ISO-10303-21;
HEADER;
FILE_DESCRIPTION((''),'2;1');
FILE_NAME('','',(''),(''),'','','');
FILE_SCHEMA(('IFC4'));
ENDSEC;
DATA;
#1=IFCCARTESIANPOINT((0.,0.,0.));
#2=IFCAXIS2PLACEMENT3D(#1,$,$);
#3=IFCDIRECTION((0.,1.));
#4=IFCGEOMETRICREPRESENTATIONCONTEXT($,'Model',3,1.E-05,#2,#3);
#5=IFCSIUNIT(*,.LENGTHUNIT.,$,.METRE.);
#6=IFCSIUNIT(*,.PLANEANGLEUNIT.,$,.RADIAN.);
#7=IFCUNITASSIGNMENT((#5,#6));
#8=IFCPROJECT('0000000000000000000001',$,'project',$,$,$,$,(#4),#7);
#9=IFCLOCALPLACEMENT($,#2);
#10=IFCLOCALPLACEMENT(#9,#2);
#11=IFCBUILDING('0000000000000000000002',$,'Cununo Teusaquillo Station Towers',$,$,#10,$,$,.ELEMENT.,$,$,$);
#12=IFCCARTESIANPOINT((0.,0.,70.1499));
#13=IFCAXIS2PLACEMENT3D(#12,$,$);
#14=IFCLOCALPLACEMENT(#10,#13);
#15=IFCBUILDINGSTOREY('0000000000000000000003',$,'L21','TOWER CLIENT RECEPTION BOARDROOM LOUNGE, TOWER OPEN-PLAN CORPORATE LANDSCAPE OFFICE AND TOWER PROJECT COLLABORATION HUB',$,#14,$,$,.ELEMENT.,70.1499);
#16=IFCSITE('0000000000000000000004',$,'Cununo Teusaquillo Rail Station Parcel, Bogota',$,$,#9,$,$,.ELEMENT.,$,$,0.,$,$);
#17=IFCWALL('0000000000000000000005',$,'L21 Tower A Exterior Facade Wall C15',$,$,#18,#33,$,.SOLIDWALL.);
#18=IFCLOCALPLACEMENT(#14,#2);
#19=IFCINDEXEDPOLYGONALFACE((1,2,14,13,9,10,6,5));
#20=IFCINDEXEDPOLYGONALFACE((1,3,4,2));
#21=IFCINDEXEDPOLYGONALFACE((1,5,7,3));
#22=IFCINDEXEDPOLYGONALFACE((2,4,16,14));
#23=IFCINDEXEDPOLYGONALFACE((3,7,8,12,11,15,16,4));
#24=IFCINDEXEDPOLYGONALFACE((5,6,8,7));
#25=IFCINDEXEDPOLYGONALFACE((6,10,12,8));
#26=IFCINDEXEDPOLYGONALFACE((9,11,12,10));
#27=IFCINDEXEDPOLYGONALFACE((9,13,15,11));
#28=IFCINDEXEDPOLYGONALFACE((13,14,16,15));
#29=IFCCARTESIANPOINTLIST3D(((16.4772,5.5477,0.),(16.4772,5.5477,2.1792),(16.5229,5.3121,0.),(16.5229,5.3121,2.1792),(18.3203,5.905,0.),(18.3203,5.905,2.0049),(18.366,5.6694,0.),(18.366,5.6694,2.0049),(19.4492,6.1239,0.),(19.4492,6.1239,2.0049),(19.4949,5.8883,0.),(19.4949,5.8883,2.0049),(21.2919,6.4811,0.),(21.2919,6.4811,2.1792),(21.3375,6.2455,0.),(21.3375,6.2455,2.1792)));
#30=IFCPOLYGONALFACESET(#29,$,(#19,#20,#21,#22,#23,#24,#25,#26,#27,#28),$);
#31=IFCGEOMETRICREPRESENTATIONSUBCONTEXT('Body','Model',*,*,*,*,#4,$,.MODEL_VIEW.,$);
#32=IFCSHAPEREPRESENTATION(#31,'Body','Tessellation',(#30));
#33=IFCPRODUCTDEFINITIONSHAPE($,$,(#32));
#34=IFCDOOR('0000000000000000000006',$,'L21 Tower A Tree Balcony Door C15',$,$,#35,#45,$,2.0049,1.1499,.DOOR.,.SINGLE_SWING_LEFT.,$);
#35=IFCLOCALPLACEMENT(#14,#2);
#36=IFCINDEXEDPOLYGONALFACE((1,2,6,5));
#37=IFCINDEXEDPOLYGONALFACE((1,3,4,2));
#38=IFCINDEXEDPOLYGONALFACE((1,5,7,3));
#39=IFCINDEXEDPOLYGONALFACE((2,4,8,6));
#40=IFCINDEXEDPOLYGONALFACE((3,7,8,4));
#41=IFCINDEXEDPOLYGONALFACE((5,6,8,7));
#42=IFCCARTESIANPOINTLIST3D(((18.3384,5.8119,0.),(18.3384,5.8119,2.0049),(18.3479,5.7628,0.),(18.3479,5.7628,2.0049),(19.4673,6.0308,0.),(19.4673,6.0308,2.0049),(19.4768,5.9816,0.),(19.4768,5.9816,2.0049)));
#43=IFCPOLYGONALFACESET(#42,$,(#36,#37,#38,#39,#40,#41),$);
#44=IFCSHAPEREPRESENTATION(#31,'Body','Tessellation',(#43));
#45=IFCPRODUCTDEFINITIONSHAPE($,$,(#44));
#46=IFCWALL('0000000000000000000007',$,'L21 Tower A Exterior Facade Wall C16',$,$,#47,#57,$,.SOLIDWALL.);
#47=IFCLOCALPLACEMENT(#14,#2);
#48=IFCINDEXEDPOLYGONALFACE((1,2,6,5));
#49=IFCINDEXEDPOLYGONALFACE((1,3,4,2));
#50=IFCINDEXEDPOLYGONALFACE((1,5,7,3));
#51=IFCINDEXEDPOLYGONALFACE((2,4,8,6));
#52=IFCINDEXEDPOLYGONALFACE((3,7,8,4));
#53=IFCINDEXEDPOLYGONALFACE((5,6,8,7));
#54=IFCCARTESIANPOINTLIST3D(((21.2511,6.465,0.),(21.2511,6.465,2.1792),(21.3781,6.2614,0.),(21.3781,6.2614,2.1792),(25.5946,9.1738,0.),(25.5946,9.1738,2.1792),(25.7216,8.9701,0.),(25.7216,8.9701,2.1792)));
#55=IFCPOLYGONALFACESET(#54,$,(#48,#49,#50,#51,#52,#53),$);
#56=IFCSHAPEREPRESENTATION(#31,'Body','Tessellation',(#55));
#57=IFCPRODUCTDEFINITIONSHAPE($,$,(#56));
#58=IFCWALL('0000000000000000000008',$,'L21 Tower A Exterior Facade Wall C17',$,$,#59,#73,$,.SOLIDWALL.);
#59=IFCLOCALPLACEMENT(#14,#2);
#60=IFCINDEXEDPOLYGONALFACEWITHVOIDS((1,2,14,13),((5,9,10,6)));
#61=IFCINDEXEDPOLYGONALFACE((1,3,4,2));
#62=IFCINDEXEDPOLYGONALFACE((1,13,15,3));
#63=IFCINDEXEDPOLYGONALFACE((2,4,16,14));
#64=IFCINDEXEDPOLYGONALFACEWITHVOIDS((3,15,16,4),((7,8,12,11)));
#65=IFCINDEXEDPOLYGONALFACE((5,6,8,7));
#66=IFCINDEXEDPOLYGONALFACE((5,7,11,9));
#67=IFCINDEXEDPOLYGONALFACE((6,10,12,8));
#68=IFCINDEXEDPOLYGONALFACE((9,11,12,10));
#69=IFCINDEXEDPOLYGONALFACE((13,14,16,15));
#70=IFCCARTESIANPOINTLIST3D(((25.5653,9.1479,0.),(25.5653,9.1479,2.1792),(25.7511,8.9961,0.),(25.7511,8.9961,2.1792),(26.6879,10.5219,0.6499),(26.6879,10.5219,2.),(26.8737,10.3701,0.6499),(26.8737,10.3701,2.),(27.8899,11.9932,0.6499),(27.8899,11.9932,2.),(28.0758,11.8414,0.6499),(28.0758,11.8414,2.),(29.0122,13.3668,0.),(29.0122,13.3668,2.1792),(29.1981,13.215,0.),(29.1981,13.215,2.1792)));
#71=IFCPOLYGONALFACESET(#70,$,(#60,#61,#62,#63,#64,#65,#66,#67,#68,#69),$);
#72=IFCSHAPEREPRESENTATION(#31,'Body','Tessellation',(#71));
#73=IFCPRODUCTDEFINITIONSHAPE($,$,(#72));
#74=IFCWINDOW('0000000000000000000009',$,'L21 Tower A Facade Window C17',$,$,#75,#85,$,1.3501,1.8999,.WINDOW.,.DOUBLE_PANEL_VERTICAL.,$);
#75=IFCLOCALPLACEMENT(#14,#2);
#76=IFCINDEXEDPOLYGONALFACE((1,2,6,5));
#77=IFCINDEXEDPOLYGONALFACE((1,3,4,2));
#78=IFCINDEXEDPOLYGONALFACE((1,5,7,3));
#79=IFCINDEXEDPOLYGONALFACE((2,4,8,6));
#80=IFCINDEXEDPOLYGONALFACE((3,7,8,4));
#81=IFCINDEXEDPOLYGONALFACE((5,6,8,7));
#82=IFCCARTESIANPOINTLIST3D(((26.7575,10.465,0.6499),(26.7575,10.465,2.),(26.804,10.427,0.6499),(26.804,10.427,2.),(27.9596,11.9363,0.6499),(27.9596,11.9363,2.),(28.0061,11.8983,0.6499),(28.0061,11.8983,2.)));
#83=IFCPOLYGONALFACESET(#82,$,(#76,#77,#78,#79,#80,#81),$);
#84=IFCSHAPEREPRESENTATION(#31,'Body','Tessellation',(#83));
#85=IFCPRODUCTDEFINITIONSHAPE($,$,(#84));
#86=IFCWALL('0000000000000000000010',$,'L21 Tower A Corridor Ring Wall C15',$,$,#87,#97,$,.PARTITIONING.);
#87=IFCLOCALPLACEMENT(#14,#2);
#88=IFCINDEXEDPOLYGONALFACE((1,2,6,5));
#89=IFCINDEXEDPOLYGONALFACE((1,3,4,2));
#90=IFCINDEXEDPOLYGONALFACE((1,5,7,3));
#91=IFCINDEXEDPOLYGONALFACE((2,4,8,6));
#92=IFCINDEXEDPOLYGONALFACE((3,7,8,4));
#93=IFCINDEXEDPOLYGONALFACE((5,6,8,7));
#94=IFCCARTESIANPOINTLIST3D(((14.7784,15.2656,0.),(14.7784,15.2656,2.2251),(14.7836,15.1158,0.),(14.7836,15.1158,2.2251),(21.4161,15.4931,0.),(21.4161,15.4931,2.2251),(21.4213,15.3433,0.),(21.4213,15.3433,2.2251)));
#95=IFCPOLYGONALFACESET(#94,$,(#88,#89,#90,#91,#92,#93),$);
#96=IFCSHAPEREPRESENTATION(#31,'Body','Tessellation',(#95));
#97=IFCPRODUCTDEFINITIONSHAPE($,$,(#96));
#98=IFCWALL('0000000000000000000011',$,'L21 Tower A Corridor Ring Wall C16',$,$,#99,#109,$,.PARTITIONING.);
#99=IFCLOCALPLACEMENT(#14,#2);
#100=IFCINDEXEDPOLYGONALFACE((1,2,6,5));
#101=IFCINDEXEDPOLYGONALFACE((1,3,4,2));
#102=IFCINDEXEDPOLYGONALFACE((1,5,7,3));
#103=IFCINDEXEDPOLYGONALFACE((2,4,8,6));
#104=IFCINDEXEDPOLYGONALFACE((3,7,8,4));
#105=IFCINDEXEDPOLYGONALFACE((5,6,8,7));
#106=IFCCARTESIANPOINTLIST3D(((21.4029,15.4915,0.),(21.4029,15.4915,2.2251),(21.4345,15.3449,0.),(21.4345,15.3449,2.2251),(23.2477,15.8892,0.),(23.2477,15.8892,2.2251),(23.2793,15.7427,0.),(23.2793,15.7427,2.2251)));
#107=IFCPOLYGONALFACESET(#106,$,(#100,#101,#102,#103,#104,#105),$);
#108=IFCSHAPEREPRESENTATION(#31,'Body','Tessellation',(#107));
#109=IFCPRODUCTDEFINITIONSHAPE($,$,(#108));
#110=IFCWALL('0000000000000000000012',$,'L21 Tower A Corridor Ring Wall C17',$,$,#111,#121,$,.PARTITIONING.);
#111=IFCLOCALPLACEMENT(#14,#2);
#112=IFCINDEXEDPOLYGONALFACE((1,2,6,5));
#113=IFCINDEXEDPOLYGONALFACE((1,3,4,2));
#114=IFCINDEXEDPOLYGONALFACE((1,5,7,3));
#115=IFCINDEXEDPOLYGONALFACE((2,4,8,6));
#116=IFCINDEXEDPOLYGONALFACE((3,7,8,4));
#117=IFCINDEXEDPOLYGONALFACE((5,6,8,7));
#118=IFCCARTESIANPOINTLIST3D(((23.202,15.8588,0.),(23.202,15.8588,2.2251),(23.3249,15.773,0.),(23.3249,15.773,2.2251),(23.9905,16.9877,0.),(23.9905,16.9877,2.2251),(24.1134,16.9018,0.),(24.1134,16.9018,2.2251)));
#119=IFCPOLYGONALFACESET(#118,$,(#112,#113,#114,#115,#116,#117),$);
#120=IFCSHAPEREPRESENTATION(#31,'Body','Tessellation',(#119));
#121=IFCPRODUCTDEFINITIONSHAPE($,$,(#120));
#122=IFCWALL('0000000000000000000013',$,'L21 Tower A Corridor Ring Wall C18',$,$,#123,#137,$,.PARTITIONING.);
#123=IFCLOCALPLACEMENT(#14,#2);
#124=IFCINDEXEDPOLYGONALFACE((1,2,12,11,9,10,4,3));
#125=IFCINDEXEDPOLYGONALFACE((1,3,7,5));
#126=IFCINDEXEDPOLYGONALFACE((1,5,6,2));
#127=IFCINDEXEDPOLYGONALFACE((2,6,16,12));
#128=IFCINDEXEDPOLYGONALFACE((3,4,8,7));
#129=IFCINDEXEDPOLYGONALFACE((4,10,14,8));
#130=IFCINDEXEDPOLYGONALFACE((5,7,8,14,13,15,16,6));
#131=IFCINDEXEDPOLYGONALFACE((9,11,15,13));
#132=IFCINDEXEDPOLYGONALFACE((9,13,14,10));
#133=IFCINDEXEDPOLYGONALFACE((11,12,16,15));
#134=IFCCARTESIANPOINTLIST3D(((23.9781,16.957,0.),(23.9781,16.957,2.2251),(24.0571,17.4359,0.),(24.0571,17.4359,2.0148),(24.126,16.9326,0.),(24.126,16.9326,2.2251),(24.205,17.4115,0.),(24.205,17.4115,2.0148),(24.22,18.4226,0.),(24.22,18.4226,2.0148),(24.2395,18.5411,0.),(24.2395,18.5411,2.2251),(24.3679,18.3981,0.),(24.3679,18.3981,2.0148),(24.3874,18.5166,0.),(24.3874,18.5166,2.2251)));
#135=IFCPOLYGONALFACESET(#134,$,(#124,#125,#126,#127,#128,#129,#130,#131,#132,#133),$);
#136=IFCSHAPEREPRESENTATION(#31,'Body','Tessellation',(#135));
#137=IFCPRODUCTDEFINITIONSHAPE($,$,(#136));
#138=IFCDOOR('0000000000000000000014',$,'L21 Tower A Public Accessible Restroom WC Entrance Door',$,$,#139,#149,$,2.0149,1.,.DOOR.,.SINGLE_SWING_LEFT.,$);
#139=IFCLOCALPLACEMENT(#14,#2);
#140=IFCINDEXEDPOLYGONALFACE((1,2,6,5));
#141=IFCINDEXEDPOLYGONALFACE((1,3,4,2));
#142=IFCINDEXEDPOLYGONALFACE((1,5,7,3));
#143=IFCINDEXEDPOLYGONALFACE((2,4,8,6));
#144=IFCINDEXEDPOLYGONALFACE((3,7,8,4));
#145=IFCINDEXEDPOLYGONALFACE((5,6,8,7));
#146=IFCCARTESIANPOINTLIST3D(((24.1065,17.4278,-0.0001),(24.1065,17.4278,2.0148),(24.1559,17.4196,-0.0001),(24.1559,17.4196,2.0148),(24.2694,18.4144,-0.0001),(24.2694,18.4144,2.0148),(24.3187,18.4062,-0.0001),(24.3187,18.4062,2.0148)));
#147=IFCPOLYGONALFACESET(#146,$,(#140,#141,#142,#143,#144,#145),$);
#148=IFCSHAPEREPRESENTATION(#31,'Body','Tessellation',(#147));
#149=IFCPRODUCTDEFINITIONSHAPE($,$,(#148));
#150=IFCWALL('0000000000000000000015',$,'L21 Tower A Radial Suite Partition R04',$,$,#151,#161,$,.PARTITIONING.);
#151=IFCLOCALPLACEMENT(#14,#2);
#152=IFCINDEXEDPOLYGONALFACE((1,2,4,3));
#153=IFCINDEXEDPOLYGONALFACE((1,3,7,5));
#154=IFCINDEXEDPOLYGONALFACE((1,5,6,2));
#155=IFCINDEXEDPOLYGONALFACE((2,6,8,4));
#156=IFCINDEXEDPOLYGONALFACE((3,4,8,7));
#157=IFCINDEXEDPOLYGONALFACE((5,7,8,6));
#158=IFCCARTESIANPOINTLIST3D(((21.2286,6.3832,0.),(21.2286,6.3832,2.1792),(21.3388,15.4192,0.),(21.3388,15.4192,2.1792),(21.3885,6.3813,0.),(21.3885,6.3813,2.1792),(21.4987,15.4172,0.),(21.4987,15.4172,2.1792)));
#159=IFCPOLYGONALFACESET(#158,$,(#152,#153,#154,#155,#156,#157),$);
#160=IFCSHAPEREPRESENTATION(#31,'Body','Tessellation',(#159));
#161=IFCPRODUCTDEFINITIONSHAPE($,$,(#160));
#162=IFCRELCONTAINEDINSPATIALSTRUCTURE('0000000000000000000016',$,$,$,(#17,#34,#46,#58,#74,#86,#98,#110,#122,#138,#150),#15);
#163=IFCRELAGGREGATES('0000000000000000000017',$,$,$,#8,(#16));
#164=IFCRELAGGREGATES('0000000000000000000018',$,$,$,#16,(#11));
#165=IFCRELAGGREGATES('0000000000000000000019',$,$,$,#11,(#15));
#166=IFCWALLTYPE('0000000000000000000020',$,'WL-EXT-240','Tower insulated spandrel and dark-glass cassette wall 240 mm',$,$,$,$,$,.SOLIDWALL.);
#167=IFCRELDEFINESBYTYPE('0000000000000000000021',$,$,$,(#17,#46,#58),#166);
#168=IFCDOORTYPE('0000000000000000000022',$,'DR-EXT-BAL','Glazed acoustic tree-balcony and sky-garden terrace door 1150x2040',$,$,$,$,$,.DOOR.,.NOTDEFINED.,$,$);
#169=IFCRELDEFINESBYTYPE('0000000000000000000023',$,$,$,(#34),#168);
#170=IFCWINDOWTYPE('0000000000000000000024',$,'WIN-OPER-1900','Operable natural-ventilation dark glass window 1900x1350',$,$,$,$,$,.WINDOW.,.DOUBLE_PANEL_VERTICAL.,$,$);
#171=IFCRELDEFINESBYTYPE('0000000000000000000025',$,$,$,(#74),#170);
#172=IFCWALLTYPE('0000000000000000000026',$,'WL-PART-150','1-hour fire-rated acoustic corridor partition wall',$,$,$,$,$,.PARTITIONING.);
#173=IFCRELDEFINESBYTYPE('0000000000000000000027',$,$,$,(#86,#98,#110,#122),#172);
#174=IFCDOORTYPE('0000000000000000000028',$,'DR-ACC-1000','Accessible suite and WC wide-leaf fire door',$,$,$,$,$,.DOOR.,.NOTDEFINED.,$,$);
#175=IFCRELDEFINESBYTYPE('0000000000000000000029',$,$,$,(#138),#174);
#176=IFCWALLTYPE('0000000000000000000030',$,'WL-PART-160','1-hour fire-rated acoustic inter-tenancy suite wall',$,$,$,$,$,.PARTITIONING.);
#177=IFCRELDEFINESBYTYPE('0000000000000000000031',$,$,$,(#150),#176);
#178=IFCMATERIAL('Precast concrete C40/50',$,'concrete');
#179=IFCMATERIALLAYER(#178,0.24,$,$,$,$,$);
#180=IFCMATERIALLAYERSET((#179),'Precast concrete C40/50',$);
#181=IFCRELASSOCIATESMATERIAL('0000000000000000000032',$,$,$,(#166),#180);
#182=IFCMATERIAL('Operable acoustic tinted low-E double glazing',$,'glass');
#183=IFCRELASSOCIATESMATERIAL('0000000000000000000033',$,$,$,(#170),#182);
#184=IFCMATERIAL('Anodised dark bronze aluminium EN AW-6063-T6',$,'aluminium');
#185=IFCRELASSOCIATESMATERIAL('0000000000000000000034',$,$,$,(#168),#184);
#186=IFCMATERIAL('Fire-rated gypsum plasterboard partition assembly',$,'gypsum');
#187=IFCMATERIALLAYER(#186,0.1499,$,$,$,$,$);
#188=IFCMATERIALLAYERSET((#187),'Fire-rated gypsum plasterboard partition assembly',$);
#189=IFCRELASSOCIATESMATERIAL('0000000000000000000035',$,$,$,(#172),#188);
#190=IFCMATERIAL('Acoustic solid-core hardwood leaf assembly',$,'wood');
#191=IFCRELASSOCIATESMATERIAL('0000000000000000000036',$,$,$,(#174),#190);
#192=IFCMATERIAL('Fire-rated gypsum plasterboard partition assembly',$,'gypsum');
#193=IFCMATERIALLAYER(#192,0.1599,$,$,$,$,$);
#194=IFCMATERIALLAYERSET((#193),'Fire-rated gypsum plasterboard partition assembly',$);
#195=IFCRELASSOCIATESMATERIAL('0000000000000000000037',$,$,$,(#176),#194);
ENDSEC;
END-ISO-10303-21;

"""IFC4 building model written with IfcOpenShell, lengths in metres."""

from ifc_helpers import new_model, si_unit, direction, frame, frame_2d, origin, place, context, subcontext, project, spatial, rectangle, extrude, source, transform, mapped, material, layer, layer_set, type_object, element, fill, save


model = new_model("IFC4")

# Units and contexts
model_context = context("Model", 3, precision=1e-05, world=origin(), true_north=direction((0.0, 1.0)))
body_context = subcontext(model_context, "Body", "Model", "MODEL_VIEW")
ifc_project = project(units=[si_unit("LENGTHUNIT", "METRE"), si_unit("PLANEANGLEUNIT", "RADIAN")], contexts=[model_context])

# Site, building, storey
site_placement = place(None, origin())
site = spatial("IfcSite", under=ifc_project, at=site_placement, Name="Cununo Teusaquillo Rail Station Parcel, Bogota", CompositionType="ELEMENT", RefElevation=0.0)
building_placement = place(site_placement, origin())
building = spatial("IfcBuilding", under=site, at=building_placement, Name="Cununo Teusaquillo Station Towers", CompositionType="ELEMENT")
storey_placement = place(building_placement, frame((0.0, 0.0, 70.1499)))
storey = spatial("IfcBuildingStorey", under=building, at=storey_placement, Name="L21", Description="TOWER CLIENT RECEPTION BOARDROOM LOUNGE, TOWER OPEN-PLAN CORPORATE LANDSCAPE OFFICE AND TOWER PROJECT COLLABORATION HUB", CompositionType="ELEMENT", Elevation=70.1499)

# Shared definitions
ifc_material_1 = material(Name="Precast concrete C40/50", Category="concrete")
ifc_layer_1 = layer(ifc_material_1, 0.24)
ifc_layer_set_1 = layer_set([ifc_layer_1], Name="Precast concrete C40/50")
wall_type_1 = type_object("IfcWallType", Name="WL-EXT-240", Description="Tower insulated spandrel and dark-glass cassette wall 240 mm", PredefinedType="SOLIDWALL", material=ifc_layer_set_1)
shared_shape_1 = source(origin(), body_context, "Body", "SweptSolid", [
    extrude(rectangle(XDim=1.8999, YDim=1.3501, at=frame_2d((0.95, 0.675))), frame((0.0, 0.1299, 0.0), z_axis=(0.0, -1.0, 0.0), x_axis=(1.0, 0.0, 0.0)), (0.0, 0.0, 1.0), 0.26),
])
ifc_material_2 = material(Name="Operable acoustic tinted low-E double glazing", Category="glass")
window_type = type_object("IfcWindowType", Name="WIN-OPER-1900", Description="Operable natural-ventilation dark glass window 1900x1350", PartitioningType="DOUBLE_PANEL_VERTICAL", PredefinedType="WINDOW", material=ifc_material_2)
shared_shape_2 = source(origin(), body_context, "Body", "SweptSolid", [
    extrude(rectangle(XDim=1.8999, YDim=1.3501, at=frame_2d((0.95, 0.675))), frame((0.0, 0.03, 0.0), z_axis=(0.0, -1.0, 0.0), x_axis=(1.0, 0.0, 0.0)), (0.0, 0.0, 1.0), 0.0601),
])

# Wall, opening, door
wall_1_placement = place(storey_placement, frame((21.3147, 6.3633, 0.0), z_axis=(0.0, 0.0, 1.0), x_axis=(-0.981724, -0.190311, 0.0)))
wall_1 = element("IfcWall", 1, at=wall_1_placement, inside=storey, type_object=wall_type_1, Name="L21 Tower A Exterior Facade Wall C15", PredefinedType="SOLIDWALL", context=body_context, shape_type="SweptSolid", body=[
    extrude(rectangle(XDim=4.9043, YDim=0.24, at=frame_2d((2.4521, 0.0))), origin(), (0.0, 0.0, 1.0), 2.1792),
])
shared_shape_3 = source(origin(), body_context, "Body", "SweptSolid", [
    extrude(rectangle(XDim=1.1499, YDim=2.0049, at=frame_2d((0.575, 1.0024))), frame((0.0, 0.1299, 0.0), z_axis=(0.0, -1.0, 0.0), x_axis=(1.0, 0.0, 0.0)), (0.0, 0.0, 1.0), 0.26),
])
opening_1_placement = place(wall_1_placement, frame((1.877, 0.0, 0.0)))
opening_1 = element("IfcOpeningElement", 2, at=opening_1_placement, cuts=wall_1, PredefinedType="OPENING", context=body_context, shape_type="MappedRepresentation", body=[
    mapped(shared_shape_3, transform((0.0, 0.0, 0.0), x_axis=(1.0, 0.0, 0.0), y_axis=(0.0, 1.0, 0.0), z_axis=(0.0, 0.0, 1.0), scale=1.0)),
])
ifc_material_3 = material(Name="Anodised dark bronze aluminium EN AW-6063-T6", Category="aluminium")
door_type_1 = type_object("IfcDoorType", Name="DR-EXT-BAL", Description="Glazed acoustic tree-balcony and sky-garden terrace door 1150x2040", OperationType="NOTDEFINED", PredefinedType="DOOR", material=ifc_material_3)
shared_shape_4 = source(origin(), body_context, "Body", "SweptSolid", [
    extrude(rectangle(XDim=1.1499, YDim=2.0049, at=frame_2d((0.575, 1.0024))), frame((0.0, 0.0249, 0.0), z_axis=(0.0, -1.0, 0.0), x_axis=(1.0, 0.0, 0.0)), (0.0, 0.0, 1.0), 0.05),
])
door_1_placement = place(opening_1_placement, origin())
door_1 = element("IfcDoor", 3, at=door_1_placement, inside=storey, type_object=door_type_1, Name="L21 Tower A Tree Balcony Door C15", OperationType="SINGLE_SWING_LEFT", OverallHeight=2.0049, OverallWidth=1.1499, PredefinedType="DOOR", context=body_context, shape_type="MappedRepresentation", body=[
    mapped(shared_shape_4, transform((0.0, 0.0, 0.0), x_axis=(1.0, 0.0, 0.0), y_axis=(0.0, 1.0, 0.0), z_axis=(0.0, 0.0, 1.0), scale=1.0)),
])
fill(opening_1, door_1)

# Wall
wall_2_placement = place(storey_placement, frame((25.6582, 9.072, 0.0), z_axis=(0.0, 0.0, 1.0), x_axis=(-0.84852, -0.529163, 0.0)))
element("IfcWall", 4, at=wall_2_placement, inside=storey, type_object=wall_type_1, Name="L21 Tower A Exterior Facade Wall C16", PredefinedType="SOLIDWALL", context=body_context, shape_type="SweptSolid", body=[
    extrude(rectangle(XDim=5.1189, YDim=0.24, at=frame_2d((2.5596, 0.0))), origin(), (0.0, 0.0, 1.0), 2.1792),
])

# Wall, opening, window
wall_3_placement = place(storey_placement, frame((29.1052, 13.291, 0.0), z_axis=(0.0, 0.0, 1.0), x_axis=(-0.632701, -0.774396, 0.0)))
wall_3 = element("IfcWall", 5, at=wall_3_placement, inside=storey, type_object=wall_type_1, Name="L21 Tower A Exterior Facade Wall C17", PredefinedType="SOLIDWALL", context=body_context, shape_type="SweptSolid", body=[
    extrude(rectangle(XDim=5.448, YDim=0.24, at=frame_2d((2.7241, 0.0))), origin(), (0.0, 0.0, 1.0), 2.1792),
])
opening_2_placement = place(wall_3_placement, frame((1.7739, 0.0, 0.6499)))
opening_2 = element("IfcOpeningElement", 6, at=opening_2_placement, cuts=wall_3, PredefinedType="OPENING", context=body_context, shape_type="MappedRepresentation", body=[
    mapped(shared_shape_1, transform((0.0, 0.0, 0.0), x_axis=(1.0, 0.0, 0.0), y_axis=(0.0, 1.0, 0.0), z_axis=(0.0, 0.0, 1.0), scale=1.0)),
])
window_1_placement = place(opening_2_placement, origin())
window_1 = element("IfcWindow", 7, at=window_1_placement, inside=storey, type_object=window_type, Name="L21 Tower A Facade Window C17", OverallHeight=1.3501, OverallWidth=1.8999, PartitioningType="DOUBLE_PANEL_VERTICAL", PredefinedType="WINDOW", context=body_context, shape_type="MappedRepresentation", body=[
    mapped(shared_shape_2, transform((0.0, 0.0, 0.0), x_axis=(1.0, 0.0, 0.0), y_axis=(0.0, 1.0, 0.0), z_axis=(0.0, 0.0, 1.0), scale=1.0)),
])
fill(opening_2, window_1)

# Walls
ifc_material_4 = material(Name="Fire-rated gypsum plasterboard partition assembly", Category="gypsum")
ifc_layer_2 = layer(ifc_material_4, 0.1499)
ifc_layer_set_2 = layer_set([ifc_layer_2], Name="Fire-rated gypsum plasterboard partition assembly")
wall_type_2 = type_object("IfcWallType", Name="WL-PART-150", Description="1-hour fire-rated acoustic corridor partition wall", PredefinedType="PARTITIONING", material=ifc_layer_set_2)
wall_4_placement = place(storey_placement, frame((14.781, 15.1907, 0.0), z_axis=(0.0, 0.0, 1.0), x_axis=(0.999413, 0.03426, 0.0)))
element("IfcWall", 8, at=wall_4_placement, inside=storey, type_object=wall_type_2, Name="L21 Tower A Corridor Ring Wall C15", PredefinedType="PARTITIONING", context=body_context, shape_type="SweptSolid", body=[
    extrude(rectangle(XDim=6.6416, YDim=0.1499, at=frame_2d((3.3208, 0.0))), origin(), (0.0, 0.0, 1.0), 2.2251),
])
wall_5_placement = place(storey_placement, frame((21.4187, 15.4182, 0.0), z_axis=(0.0, 0.0, 1.0), x_axis=(0.97754, 0.210748, 0.0)))
element("IfcWall", 9, at=wall_5_placement, inside=storey, type_object=wall_type_2, Name="L21 Tower A Corridor Ring Wall C16", PredefinedType="PARTITIONING", context=body_context, shape_type="SweptSolid", body=[
    extrude(rectangle(XDim=1.8872, YDim=0.1499, at=frame_2d((0.9436, 0.0))), origin(), (0.0, 0.0, 1.0), 2.2251),
])
wall_6_placement = place(storey_placement, frame((23.2634, 15.8159, 0.0), z_axis=(0.0, 0.0, 1.0), x_axis=(0.572653, 0.819798, 0.0)))
element("IfcWall", 10, at=wall_6_placement, inside=storey, type_object=wall_type_2, Name="L21 Tower A Corridor Ring Wall C17", PredefinedType="PARTITIONING", context=body_context, shape_type="SweptSolid", body=[
    extrude(rectangle(XDim=1.377, YDim=0.1499, at=frame_2d((0.6885, 0.0))), origin(), (0.0, 0.0, 1.0), 2.2251),
])

# Wall, opening, door
wall_7_placement = place(storey_placement, frame((24.052, 16.9448, 0.0), z_axis=(0.0, 0.0, 1.0), x_axis=(0.16287, 0.986648, 0.0)))
wall_7 = element("IfcWall", 11, at=wall_7_placement, inside=storey, type_object=wall_type_2, Name="L21 Tower A Corridor Ring Wall C18", PredefinedType="PARTITIONING", context=body_context, shape_type="SweptSolid", body=[
    extrude(rectangle(XDim=1.6055, YDim=0.1499, at=frame_2d((0.8027, 0.0))), origin(), (0.0, 0.0, 1.0), 2.2251),
])
shared_shape_5 = source(origin(), body_context, "Body", "SweptSolid", [
    extrude(rectangle(XDim=1.0, YDim=2.0149, at=frame_2d((0.5, 1.0073))), frame((0.0, 0.085, 0.0), z_axis=(0.0, -1.0, 0.0), x_axis=(1.0, 0.0, 0.0)), (0.0, 0.0, 1.0), 0.1699),
])
opening_3_placement = place(wall_7_placement, frame((0.4854, 0.0, 0.0)))
opening_3 = element("IfcOpeningElement", 12, at=opening_3_placement, cuts=wall_7, PredefinedType="OPENING", context=body_context, shape_type="MappedRepresentation", body=[
    mapped(shared_shape_5, transform((0.0, 0.0, 0.0), x_axis=(1.0, 0.0, 0.0), y_axis=(0.0, 1.0, 0.0), z_axis=(0.0, 0.0, 1.0), scale=1.0)),
])
ifc_material_5 = material(Name="Acoustic solid-core hardwood leaf assembly", Category="wood")
door_type_2 = type_object("IfcDoorType", Name="DR-ACC-1000", Description="Accessible suite and WC wide-leaf fire door", OperationType="NOTDEFINED", PredefinedType="DOOR", material=ifc_material_5)
shared_shape_6 = source(origin(), body_context, "Body", "SweptSolid", [
    extrude(rectangle(XDim=1.0, YDim=2.0149, at=frame_2d((0.5, 1.0073))), frame((0.0, 0.0249, 0.0), z_axis=(0.0, -1.0, 0.0), x_axis=(1.0, 0.0, 0.0)), (0.0, 0.0, 1.0), 0.05),
])
door_2_placement = place(opening_3_placement, origin())
door_2 = element("IfcDoor", 13, at=door_2_placement, inside=storey, type_object=door_type_2, Name="L21 Tower A Public Accessible Restroom WC Entrance Door", OperationType="SINGLE_SWING_LEFT", OverallHeight=2.0149, OverallWidth=1.0, PredefinedType="DOOR", context=body_context, shape_type="MappedRepresentation", body=[
    mapped(shared_shape_6, transform((0.0, 0.0, 0.0), x_axis=(1.0, 0.0, 0.0), y_axis=(0.0, 1.0, 0.0), z_axis=(0.0, 0.0, 1.0), scale=1.0)),
])
fill(opening_3, door_2)

# Wall
ifc_material_6 = material(Name="Fire-rated gypsum plasterboard partition assembly", Category="gypsum")
ifc_layer_3 = layer(ifc_material_6, 0.1599)
ifc_layer_set_3 = layer_set([ifc_layer_3], Name="Fire-rated gypsum plasterboard partition assembly")
wall_type_3 = type_object("IfcWallType", Name="WL-PART-160", Description="1-hour fire-rated acoustic inter-tenancy suite wall", PredefinedType="PARTITIONING", material=ifc_layer_set_3)
wall_8_placement = place(storey_placement, frame((21.4187, 15.4182, 0.0), z_axis=(0.0, 0.0, 1.0), x_axis=(-0.012185, -0.999926, 0.0)))
element("IfcWall", 14, at=wall_8_placement, inside=storey, type_object=wall_type_3, Name="L21 Tower A Radial Suite Partition R04", PredefinedType="PARTITIONING", context=body_context, shape_type="SweptSolid", body=[
    extrude(rectangle(XDim=9.0366, YDim=0.1599, at=frame_2d((4.5183, 0.0))), origin(), (0.0, 0.0, 1.0), 2.1792),
])

save(model, "model.ifc")
